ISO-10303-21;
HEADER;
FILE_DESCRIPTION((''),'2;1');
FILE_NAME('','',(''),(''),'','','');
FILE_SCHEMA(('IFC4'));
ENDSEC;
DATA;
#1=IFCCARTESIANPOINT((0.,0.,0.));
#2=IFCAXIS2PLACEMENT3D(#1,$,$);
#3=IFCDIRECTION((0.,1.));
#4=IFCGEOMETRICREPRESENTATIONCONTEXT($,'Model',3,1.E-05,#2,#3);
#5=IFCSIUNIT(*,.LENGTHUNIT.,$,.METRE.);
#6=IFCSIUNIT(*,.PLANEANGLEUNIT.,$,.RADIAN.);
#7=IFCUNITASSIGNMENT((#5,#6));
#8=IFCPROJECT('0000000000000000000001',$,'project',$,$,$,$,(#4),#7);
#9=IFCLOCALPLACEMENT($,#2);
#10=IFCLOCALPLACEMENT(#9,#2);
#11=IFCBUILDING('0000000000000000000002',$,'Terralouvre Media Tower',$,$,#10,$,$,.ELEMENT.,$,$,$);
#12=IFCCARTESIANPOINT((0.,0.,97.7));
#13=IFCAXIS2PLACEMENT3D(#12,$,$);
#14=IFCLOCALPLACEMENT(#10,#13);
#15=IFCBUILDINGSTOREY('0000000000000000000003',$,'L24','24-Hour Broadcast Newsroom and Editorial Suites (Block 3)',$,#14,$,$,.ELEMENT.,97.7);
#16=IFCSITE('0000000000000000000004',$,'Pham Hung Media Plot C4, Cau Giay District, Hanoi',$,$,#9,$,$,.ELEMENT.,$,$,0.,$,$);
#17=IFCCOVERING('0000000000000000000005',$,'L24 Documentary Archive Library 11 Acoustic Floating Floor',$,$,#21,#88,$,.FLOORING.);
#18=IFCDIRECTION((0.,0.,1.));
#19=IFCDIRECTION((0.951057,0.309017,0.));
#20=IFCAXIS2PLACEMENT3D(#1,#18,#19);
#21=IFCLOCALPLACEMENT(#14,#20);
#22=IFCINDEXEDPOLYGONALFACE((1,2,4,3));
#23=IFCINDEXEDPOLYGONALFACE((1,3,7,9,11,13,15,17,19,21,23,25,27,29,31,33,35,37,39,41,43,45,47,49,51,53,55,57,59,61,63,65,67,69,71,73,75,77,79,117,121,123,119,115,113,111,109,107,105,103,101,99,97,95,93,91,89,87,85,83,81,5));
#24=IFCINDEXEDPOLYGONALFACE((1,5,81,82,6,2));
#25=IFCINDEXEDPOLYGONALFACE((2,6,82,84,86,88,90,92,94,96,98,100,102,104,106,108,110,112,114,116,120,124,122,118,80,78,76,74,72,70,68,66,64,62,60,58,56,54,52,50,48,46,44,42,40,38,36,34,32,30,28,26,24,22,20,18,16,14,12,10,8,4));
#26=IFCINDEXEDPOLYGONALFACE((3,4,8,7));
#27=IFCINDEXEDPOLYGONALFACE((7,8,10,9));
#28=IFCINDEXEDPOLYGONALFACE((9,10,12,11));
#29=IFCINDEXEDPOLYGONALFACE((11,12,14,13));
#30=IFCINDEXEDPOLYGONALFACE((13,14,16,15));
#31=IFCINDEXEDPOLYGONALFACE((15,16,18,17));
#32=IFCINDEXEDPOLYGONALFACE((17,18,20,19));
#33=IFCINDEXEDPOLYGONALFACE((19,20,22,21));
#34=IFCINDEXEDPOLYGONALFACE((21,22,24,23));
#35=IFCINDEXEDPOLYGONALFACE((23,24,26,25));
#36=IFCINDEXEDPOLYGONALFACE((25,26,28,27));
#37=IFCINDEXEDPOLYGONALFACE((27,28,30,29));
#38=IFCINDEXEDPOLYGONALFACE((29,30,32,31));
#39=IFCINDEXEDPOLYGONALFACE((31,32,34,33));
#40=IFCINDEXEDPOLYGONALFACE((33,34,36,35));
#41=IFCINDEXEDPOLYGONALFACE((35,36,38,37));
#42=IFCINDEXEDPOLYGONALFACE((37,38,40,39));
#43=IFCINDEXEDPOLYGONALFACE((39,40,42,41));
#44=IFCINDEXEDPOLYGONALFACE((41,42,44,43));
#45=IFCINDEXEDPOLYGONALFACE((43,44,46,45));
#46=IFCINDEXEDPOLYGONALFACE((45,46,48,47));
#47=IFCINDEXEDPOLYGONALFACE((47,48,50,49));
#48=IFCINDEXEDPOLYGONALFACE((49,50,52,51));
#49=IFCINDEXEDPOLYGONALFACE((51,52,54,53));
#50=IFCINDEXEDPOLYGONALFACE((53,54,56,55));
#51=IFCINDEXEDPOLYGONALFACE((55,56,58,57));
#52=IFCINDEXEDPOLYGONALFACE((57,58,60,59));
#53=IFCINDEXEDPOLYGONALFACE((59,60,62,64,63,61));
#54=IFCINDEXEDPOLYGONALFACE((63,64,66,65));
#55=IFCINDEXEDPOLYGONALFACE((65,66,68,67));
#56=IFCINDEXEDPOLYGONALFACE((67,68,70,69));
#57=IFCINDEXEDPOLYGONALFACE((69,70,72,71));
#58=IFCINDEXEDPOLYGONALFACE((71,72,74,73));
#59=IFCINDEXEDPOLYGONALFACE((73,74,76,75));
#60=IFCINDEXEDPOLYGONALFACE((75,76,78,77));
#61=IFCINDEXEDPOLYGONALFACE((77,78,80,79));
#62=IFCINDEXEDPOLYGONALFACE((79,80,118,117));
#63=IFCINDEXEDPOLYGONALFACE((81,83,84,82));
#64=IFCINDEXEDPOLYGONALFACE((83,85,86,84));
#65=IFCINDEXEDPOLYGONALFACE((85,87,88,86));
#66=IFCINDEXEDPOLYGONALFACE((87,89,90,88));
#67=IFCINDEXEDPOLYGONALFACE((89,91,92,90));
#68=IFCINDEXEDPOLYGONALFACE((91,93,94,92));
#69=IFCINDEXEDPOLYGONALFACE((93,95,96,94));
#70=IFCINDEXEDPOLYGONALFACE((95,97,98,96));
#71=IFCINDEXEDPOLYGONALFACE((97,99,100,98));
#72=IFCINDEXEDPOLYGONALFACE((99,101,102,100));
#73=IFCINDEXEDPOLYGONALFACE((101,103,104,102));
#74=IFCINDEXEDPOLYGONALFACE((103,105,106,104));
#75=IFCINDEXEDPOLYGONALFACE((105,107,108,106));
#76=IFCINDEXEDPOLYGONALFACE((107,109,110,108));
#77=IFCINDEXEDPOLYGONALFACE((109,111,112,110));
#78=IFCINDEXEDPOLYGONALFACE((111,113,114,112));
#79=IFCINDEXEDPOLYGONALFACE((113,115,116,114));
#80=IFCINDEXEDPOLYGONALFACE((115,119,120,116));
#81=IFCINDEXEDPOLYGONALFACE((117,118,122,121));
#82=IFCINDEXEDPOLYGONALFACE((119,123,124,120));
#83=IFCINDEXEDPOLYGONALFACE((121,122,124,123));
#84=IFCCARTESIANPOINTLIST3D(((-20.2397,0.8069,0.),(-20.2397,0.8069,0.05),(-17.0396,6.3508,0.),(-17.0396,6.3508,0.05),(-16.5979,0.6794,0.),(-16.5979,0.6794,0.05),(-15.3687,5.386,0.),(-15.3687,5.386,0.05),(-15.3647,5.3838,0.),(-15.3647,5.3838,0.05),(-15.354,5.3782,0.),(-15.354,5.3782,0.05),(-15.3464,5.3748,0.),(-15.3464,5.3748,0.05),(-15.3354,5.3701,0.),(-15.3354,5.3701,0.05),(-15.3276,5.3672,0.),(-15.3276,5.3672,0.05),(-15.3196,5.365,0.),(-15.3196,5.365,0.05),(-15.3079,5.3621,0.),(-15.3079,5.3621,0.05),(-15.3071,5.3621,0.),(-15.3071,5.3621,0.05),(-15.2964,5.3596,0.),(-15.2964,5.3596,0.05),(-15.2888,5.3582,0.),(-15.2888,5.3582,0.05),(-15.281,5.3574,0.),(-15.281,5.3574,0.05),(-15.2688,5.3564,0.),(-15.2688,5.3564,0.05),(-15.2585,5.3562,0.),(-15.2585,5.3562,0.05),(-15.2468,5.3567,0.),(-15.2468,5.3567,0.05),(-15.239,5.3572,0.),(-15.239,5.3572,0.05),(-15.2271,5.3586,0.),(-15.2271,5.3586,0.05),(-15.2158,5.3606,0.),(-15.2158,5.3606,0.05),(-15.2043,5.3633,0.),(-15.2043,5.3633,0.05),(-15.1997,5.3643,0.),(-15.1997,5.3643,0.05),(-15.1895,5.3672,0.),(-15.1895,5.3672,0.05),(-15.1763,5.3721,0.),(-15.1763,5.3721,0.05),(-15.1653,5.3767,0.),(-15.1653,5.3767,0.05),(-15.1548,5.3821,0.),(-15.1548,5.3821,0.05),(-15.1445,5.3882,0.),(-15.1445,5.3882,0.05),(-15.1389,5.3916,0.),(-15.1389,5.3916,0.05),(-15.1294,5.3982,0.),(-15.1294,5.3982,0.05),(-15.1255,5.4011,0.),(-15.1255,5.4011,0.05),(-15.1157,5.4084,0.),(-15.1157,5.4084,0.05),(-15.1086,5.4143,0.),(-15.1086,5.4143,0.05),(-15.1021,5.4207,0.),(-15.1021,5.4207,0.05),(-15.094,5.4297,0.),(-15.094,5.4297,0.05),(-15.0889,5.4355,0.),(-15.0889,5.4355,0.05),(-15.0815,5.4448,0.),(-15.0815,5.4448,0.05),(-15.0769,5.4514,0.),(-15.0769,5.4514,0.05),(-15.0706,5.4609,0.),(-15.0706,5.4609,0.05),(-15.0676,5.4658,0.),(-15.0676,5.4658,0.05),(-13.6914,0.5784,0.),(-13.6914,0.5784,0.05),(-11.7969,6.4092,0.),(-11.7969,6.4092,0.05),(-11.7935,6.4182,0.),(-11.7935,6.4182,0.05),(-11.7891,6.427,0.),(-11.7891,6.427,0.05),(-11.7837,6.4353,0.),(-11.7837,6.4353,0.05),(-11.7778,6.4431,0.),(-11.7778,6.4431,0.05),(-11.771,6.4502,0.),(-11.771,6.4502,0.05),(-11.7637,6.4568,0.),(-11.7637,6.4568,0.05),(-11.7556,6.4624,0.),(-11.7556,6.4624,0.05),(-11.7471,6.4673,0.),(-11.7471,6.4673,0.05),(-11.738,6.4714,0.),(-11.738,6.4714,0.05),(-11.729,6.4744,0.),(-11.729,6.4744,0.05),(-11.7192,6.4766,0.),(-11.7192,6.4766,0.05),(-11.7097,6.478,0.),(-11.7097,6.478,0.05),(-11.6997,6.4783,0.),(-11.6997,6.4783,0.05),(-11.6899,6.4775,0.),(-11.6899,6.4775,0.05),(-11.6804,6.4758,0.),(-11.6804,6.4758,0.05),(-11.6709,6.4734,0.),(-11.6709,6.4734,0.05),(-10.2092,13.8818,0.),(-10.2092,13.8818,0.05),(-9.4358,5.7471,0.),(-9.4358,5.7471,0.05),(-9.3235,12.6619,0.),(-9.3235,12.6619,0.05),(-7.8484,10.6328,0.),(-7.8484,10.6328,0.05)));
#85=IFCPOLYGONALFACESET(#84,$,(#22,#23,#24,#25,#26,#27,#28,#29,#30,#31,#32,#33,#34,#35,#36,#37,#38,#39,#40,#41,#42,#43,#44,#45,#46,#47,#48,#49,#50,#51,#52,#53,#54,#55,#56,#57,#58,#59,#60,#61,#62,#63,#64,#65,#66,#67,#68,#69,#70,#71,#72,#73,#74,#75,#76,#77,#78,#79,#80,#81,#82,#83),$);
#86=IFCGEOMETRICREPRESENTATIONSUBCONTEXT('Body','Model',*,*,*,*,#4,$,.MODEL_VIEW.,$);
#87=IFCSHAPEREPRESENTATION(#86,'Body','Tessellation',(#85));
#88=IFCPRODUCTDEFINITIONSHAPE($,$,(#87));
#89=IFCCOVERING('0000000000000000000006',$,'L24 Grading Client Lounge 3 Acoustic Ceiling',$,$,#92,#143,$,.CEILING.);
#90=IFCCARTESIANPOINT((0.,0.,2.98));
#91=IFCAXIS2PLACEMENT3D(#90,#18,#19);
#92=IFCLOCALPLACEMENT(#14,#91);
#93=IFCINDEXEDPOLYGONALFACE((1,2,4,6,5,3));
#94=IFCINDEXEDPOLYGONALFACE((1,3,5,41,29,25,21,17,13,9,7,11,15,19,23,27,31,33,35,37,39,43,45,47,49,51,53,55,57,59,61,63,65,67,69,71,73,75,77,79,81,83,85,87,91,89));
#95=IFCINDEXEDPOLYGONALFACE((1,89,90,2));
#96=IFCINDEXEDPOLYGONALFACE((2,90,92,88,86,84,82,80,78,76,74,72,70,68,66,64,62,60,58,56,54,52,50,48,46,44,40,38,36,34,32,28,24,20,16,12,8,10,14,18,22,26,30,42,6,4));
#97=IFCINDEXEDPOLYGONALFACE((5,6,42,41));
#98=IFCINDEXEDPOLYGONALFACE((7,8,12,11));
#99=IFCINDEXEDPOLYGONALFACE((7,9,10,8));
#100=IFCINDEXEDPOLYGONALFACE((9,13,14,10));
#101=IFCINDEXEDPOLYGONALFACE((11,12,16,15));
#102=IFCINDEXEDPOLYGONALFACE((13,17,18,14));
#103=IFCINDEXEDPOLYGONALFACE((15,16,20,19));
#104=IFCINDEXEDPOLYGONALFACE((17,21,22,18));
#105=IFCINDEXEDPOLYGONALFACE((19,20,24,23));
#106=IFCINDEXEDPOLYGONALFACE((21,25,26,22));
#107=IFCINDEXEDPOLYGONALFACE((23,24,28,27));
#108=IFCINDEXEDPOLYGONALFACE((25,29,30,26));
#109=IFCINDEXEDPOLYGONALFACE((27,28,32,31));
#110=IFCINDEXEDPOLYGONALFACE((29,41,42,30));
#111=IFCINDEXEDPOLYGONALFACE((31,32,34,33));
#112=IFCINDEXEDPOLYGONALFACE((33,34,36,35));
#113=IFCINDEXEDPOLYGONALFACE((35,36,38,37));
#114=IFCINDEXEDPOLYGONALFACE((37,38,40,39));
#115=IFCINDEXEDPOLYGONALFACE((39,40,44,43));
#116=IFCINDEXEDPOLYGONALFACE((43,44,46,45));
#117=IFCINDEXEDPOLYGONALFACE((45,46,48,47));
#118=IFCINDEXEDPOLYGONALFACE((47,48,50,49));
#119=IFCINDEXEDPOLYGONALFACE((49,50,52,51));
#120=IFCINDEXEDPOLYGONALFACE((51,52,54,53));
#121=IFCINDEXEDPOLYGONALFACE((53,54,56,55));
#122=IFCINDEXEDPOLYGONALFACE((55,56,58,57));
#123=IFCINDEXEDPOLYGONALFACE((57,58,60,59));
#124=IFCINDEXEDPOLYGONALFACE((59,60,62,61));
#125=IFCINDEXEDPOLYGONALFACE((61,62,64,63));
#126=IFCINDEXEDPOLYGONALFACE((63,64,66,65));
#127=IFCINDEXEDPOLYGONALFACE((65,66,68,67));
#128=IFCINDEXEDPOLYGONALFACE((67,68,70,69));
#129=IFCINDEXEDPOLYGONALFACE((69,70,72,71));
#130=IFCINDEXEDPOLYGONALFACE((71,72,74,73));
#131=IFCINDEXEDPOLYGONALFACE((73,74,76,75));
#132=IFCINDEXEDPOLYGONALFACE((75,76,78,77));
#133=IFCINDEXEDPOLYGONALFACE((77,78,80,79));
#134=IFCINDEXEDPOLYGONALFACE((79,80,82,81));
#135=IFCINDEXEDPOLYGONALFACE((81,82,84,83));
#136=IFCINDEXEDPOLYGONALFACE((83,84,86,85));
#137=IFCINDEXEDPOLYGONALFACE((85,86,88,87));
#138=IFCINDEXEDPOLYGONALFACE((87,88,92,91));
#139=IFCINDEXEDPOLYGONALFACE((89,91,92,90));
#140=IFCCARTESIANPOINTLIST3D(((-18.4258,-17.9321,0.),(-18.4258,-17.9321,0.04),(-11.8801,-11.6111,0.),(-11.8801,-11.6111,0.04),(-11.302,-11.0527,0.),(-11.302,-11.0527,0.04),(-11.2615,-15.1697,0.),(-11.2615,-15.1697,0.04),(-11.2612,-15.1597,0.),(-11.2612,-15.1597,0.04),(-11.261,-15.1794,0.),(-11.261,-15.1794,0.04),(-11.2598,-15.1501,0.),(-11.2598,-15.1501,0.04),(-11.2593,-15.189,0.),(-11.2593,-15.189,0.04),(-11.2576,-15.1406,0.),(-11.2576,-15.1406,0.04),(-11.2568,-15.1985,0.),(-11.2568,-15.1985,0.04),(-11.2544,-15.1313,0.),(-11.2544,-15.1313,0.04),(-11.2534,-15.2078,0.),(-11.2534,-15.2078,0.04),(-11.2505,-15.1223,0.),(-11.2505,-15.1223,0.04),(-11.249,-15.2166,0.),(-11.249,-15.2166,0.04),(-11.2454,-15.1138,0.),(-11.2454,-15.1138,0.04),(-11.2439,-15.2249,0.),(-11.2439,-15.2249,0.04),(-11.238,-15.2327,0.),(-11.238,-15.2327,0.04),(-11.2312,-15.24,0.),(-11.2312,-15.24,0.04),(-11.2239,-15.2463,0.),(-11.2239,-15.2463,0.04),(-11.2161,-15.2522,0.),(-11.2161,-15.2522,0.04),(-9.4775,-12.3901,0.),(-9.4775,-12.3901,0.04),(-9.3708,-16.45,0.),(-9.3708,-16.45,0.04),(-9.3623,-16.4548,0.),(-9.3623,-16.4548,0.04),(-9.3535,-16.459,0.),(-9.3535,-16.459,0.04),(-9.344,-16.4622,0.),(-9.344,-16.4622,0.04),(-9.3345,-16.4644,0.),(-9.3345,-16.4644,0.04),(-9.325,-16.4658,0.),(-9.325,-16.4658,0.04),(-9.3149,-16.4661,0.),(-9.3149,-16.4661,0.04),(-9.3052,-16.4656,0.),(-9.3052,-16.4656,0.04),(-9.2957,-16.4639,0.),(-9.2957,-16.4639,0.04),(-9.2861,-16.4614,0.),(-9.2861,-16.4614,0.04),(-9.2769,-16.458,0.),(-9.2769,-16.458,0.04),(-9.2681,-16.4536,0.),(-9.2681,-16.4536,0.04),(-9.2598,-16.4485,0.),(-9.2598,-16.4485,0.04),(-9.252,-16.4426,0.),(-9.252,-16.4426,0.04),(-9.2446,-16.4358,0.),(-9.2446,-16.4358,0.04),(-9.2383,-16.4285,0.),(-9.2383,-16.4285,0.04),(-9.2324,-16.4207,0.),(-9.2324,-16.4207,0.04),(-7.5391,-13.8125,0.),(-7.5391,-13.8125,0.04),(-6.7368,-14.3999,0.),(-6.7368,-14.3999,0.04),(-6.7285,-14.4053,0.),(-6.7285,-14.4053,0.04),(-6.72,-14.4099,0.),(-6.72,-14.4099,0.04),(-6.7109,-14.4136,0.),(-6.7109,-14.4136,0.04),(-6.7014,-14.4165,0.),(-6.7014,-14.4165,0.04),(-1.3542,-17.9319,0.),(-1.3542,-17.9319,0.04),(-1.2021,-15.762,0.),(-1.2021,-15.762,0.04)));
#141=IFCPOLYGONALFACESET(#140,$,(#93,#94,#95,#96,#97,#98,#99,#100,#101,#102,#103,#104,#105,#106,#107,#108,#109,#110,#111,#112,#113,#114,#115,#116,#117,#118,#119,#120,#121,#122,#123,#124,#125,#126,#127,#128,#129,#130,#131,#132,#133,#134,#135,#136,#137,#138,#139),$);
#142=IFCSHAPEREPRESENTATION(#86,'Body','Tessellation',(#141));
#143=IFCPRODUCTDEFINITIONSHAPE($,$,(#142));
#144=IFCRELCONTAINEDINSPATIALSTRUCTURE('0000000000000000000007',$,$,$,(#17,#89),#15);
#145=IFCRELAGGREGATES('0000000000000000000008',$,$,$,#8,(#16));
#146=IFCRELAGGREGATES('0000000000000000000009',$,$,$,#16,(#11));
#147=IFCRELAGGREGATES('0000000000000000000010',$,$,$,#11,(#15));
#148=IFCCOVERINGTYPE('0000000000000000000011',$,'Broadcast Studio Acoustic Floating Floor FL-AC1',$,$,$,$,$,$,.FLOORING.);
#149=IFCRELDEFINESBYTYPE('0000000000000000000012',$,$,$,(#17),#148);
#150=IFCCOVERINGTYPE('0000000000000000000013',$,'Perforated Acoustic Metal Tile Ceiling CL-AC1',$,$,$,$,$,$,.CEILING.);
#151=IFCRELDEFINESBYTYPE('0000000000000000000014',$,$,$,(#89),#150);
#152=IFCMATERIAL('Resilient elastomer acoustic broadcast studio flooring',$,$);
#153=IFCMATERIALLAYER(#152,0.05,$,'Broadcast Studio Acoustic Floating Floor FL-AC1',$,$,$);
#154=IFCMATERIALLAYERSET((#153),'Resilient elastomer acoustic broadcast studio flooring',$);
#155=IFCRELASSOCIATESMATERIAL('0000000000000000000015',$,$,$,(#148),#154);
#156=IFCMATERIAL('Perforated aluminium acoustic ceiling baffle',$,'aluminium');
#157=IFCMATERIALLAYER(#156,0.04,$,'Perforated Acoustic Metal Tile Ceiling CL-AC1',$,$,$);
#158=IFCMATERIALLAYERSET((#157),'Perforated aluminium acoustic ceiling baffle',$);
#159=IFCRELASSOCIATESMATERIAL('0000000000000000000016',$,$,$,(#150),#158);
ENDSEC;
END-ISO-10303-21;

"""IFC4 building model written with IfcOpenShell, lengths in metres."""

from ifc_helpers import new_model, si_unit, direction, frame, origin, place, context, subcontext, project, spatial, polyline, outline, extrude, material, layer, layer_set, type_object, element, save


model = new_model("IFC4")

# Units and contexts
model_context = context("Model", 3, precision=1e-05, world=origin(), true_north=direction((0.0, 1.0)))
body_context = subcontext(model_context, "Body", "Model", "MODEL_VIEW")
ifc_project = project(units=[si_unit("LENGTHUNIT", "METRE"), si_unit("PLANEANGLEUNIT", "RADIAN")], contexts=[model_context])

# Site, building, storey
site_placement = place(None, origin())
site = spatial("IfcSite", under=ifc_project, at=site_placement, Name="Pham Hung Media Plot C4, Cau Giay District, Hanoi", CompositionType="ELEMENT", RefElevation=0.0)
building_placement = place(site_placement, origin())
building = spatial("IfcBuilding", under=site, at=building_placement, Name="Terralouvre Media Tower", CompositionType="ELEMENT")
storey_placement = place(building_placement, frame((0.0, 0.0, 97.7)))
storey = spatial("IfcBuildingStorey", under=building, at=storey_placement, Name="L24", Description="24-Hour Broadcast Newsroom and Editorial Suites (Block 3)", CompositionType="ELEMENT", Elevation=97.7)

# Coverings
ifc_material_1 = material(Name="Resilient elastomer acoustic broadcast studio flooring")
ifc_layer_1 = layer(ifc_material_1, 0.05, Name="Broadcast Studio Acoustic Floating Floor FL-AC1")
ifc_layer_set_1 = layer_set([ifc_layer_1], Name="Resilient elastomer acoustic broadcast studio flooring")
covering_type_1 = type_object("IfcCoveringType", Name="Broadcast Studio Acoustic Floating Floor FL-AC1", PredefinedType="FLOORING", material=ifc_layer_set_1)
covering_1_placement = place(storey_placement, frame((0.0, 0.0, 0.0), z_axis=(0.0, 0.0, 1.0), x_axis=(0.951057, 0.309017, 0.0)))
element("IfcCovering", 1, at=covering_1_placement, inside=storey, type_object=covering_type_1, Name="L24 Documentary Archive Library 11 Acoustic Floating Floor", PredefinedType="FLOORING", context=body_context, shape_type="SweptSolid", body=[
    extrude(outline(polyline([(-13.6914, 0.5784), (-11.7969, 6.4092), (-11.7935, 6.4182), (-11.7891, 6.427), (-11.7837, 6.4353), (-11.7778, 6.4431), (-11.771, 6.4502), (-11.7637, 6.4568), (-11.7556, 6.4624), (-11.7471, 6.4673), (-11.738, 6.4714), (-11.729, 6.4744), (-11.7192, 6.4766), (-11.7097, 6.478), (-11.6997, 6.4783), (-11.6899, 6.4775), (-11.6804, 6.4758), (-11.6709, 6.4734), (-9.4358, 5.7471), (-7.8484, 10.6328), (-9.3235, 12.6619), (-10.2092, 13.8818), (-15.0676, 5.4658), (-15.0706, 5.4609), (-15.0769, 5.4514), (-15.0815, 5.4448), (-15.0889, 5.4355), (-15.094, 5.4297), (-15.1021, 5.4207), (-15.1086, 5.4143), (-15.1157, 5.4084), (-15.1255, 5.4011), (-15.1294, 5.3982), (-15.1389, 5.3916), (-15.1445, 5.3882), (-15.1548, 5.3821), (-15.1653, 5.3767), (-15.1763, 5.3721), (-15.1895, 5.3672), (-15.1997, 5.3643), (-15.2043, 5.3633), (-15.2158, 5.3606), (-15.2271, 5.3586), (-15.239, 5.3572), (-15.2468, 5.3567), (-15.2585, 5.3562), (-15.2688, 5.3564), (-15.281, 5.3574), (-15.2888, 5.3582), (-15.2964, 5.3596), (-15.3071, 5.3621), (-15.3079, 5.3621), (-15.3196, 5.365), (-15.3276, 5.3672), (-15.3354, 5.3701), (-15.3464, 5.3748), (-15.354, 5.3782), (-15.3647, 5.3838), (-15.3687, 5.386), (-17.0396, 6.3508), (-20.2397, 0.8069), (-16.5979, 0.6794), (-13.6914, 0.5784)])), origin(), (0.0, 0.0, 1.0), 0.05),
])
ifc_material_2 = material(Name="Perforated aluminium acoustic ceiling baffle", Category="aluminium")
ifc_layer_2 = layer(ifc_material_2, 0.04, Name="Perforated Acoustic Metal Tile Ceiling CL-AC1")
ifc_layer_set_2 = layer_set([ifc_layer_2], Name="Perforated aluminium acoustic ceiling baffle")
covering_type_2 = type_object("IfcCoveringType", Name="Perforated Acoustic Metal Tile Ceiling CL-AC1", PredefinedType="CEILING", material=ifc_layer_set_2)
covering_2_placement = place(storey_placement, frame((0.0, 0.0, 2.98), z_axis=(0.0, 0.0, 1.0), x_axis=(0.951057, 0.309017, 0.0)))
element("IfcCovering", 2, at=covering_2_placement, inside=storey, type_object=covering_type_2, Name="L24 Grading Client Lounge 3 Acoustic Ceiling", PredefinedType="CEILING", context=body_context, shape_type="SweptSolid", body=[
    extrude(outline(polyline([(-6.7014, -14.4165), (-6.7109, -14.4136), (-6.72, -14.4099), (-6.7285, -14.4053), (-6.7368, -14.3999), (-7.5391, -13.8125), (-9.2324, -16.4207), (-9.2383, -16.4285), (-9.2446, -16.4358), (-9.252, -16.4426), (-9.2598, -16.4485), (-9.2681, -16.4536), (-9.2769, -16.458), (-9.2861, -16.4614), (-9.2957, -16.4639), (-9.3052, -16.4656), (-9.3149, -16.4661), (-9.325, -16.4658), (-9.3345, -16.4644), (-9.344, -16.4622), (-9.3535, -16.459), (-9.3623, -16.4548), (-9.3708, -16.45), (-11.2161, -15.2522), (-11.2239, -15.2463), (-11.2312, -15.24), (-11.238, -15.2327), (-11.2439, -15.2249), (-11.249, -15.2166), (-11.2534, -15.2078), (-11.2568, -15.1985), (-11.2593, -15.189), (-11.261, -15.1794), (-11.2615, -15.1697), (-11.2612, -15.1597), (-11.2598, -15.1501), (-11.2576, -15.1406), (-11.2544, -15.1313), (-11.2505, -15.1223), (-11.2454, -15.1138), (-9.4775, -12.3901), (-11.302, -11.0527), (-11.8801, -11.6111), (-18.4258, -17.9321), (-1.3542, -17.9319), (-1.2021, -15.762), (-6.7014, -14.4165)])), origin(), (0.0, 0.0, 1.0), 0.04),
])

save(model, "model.ifc")
